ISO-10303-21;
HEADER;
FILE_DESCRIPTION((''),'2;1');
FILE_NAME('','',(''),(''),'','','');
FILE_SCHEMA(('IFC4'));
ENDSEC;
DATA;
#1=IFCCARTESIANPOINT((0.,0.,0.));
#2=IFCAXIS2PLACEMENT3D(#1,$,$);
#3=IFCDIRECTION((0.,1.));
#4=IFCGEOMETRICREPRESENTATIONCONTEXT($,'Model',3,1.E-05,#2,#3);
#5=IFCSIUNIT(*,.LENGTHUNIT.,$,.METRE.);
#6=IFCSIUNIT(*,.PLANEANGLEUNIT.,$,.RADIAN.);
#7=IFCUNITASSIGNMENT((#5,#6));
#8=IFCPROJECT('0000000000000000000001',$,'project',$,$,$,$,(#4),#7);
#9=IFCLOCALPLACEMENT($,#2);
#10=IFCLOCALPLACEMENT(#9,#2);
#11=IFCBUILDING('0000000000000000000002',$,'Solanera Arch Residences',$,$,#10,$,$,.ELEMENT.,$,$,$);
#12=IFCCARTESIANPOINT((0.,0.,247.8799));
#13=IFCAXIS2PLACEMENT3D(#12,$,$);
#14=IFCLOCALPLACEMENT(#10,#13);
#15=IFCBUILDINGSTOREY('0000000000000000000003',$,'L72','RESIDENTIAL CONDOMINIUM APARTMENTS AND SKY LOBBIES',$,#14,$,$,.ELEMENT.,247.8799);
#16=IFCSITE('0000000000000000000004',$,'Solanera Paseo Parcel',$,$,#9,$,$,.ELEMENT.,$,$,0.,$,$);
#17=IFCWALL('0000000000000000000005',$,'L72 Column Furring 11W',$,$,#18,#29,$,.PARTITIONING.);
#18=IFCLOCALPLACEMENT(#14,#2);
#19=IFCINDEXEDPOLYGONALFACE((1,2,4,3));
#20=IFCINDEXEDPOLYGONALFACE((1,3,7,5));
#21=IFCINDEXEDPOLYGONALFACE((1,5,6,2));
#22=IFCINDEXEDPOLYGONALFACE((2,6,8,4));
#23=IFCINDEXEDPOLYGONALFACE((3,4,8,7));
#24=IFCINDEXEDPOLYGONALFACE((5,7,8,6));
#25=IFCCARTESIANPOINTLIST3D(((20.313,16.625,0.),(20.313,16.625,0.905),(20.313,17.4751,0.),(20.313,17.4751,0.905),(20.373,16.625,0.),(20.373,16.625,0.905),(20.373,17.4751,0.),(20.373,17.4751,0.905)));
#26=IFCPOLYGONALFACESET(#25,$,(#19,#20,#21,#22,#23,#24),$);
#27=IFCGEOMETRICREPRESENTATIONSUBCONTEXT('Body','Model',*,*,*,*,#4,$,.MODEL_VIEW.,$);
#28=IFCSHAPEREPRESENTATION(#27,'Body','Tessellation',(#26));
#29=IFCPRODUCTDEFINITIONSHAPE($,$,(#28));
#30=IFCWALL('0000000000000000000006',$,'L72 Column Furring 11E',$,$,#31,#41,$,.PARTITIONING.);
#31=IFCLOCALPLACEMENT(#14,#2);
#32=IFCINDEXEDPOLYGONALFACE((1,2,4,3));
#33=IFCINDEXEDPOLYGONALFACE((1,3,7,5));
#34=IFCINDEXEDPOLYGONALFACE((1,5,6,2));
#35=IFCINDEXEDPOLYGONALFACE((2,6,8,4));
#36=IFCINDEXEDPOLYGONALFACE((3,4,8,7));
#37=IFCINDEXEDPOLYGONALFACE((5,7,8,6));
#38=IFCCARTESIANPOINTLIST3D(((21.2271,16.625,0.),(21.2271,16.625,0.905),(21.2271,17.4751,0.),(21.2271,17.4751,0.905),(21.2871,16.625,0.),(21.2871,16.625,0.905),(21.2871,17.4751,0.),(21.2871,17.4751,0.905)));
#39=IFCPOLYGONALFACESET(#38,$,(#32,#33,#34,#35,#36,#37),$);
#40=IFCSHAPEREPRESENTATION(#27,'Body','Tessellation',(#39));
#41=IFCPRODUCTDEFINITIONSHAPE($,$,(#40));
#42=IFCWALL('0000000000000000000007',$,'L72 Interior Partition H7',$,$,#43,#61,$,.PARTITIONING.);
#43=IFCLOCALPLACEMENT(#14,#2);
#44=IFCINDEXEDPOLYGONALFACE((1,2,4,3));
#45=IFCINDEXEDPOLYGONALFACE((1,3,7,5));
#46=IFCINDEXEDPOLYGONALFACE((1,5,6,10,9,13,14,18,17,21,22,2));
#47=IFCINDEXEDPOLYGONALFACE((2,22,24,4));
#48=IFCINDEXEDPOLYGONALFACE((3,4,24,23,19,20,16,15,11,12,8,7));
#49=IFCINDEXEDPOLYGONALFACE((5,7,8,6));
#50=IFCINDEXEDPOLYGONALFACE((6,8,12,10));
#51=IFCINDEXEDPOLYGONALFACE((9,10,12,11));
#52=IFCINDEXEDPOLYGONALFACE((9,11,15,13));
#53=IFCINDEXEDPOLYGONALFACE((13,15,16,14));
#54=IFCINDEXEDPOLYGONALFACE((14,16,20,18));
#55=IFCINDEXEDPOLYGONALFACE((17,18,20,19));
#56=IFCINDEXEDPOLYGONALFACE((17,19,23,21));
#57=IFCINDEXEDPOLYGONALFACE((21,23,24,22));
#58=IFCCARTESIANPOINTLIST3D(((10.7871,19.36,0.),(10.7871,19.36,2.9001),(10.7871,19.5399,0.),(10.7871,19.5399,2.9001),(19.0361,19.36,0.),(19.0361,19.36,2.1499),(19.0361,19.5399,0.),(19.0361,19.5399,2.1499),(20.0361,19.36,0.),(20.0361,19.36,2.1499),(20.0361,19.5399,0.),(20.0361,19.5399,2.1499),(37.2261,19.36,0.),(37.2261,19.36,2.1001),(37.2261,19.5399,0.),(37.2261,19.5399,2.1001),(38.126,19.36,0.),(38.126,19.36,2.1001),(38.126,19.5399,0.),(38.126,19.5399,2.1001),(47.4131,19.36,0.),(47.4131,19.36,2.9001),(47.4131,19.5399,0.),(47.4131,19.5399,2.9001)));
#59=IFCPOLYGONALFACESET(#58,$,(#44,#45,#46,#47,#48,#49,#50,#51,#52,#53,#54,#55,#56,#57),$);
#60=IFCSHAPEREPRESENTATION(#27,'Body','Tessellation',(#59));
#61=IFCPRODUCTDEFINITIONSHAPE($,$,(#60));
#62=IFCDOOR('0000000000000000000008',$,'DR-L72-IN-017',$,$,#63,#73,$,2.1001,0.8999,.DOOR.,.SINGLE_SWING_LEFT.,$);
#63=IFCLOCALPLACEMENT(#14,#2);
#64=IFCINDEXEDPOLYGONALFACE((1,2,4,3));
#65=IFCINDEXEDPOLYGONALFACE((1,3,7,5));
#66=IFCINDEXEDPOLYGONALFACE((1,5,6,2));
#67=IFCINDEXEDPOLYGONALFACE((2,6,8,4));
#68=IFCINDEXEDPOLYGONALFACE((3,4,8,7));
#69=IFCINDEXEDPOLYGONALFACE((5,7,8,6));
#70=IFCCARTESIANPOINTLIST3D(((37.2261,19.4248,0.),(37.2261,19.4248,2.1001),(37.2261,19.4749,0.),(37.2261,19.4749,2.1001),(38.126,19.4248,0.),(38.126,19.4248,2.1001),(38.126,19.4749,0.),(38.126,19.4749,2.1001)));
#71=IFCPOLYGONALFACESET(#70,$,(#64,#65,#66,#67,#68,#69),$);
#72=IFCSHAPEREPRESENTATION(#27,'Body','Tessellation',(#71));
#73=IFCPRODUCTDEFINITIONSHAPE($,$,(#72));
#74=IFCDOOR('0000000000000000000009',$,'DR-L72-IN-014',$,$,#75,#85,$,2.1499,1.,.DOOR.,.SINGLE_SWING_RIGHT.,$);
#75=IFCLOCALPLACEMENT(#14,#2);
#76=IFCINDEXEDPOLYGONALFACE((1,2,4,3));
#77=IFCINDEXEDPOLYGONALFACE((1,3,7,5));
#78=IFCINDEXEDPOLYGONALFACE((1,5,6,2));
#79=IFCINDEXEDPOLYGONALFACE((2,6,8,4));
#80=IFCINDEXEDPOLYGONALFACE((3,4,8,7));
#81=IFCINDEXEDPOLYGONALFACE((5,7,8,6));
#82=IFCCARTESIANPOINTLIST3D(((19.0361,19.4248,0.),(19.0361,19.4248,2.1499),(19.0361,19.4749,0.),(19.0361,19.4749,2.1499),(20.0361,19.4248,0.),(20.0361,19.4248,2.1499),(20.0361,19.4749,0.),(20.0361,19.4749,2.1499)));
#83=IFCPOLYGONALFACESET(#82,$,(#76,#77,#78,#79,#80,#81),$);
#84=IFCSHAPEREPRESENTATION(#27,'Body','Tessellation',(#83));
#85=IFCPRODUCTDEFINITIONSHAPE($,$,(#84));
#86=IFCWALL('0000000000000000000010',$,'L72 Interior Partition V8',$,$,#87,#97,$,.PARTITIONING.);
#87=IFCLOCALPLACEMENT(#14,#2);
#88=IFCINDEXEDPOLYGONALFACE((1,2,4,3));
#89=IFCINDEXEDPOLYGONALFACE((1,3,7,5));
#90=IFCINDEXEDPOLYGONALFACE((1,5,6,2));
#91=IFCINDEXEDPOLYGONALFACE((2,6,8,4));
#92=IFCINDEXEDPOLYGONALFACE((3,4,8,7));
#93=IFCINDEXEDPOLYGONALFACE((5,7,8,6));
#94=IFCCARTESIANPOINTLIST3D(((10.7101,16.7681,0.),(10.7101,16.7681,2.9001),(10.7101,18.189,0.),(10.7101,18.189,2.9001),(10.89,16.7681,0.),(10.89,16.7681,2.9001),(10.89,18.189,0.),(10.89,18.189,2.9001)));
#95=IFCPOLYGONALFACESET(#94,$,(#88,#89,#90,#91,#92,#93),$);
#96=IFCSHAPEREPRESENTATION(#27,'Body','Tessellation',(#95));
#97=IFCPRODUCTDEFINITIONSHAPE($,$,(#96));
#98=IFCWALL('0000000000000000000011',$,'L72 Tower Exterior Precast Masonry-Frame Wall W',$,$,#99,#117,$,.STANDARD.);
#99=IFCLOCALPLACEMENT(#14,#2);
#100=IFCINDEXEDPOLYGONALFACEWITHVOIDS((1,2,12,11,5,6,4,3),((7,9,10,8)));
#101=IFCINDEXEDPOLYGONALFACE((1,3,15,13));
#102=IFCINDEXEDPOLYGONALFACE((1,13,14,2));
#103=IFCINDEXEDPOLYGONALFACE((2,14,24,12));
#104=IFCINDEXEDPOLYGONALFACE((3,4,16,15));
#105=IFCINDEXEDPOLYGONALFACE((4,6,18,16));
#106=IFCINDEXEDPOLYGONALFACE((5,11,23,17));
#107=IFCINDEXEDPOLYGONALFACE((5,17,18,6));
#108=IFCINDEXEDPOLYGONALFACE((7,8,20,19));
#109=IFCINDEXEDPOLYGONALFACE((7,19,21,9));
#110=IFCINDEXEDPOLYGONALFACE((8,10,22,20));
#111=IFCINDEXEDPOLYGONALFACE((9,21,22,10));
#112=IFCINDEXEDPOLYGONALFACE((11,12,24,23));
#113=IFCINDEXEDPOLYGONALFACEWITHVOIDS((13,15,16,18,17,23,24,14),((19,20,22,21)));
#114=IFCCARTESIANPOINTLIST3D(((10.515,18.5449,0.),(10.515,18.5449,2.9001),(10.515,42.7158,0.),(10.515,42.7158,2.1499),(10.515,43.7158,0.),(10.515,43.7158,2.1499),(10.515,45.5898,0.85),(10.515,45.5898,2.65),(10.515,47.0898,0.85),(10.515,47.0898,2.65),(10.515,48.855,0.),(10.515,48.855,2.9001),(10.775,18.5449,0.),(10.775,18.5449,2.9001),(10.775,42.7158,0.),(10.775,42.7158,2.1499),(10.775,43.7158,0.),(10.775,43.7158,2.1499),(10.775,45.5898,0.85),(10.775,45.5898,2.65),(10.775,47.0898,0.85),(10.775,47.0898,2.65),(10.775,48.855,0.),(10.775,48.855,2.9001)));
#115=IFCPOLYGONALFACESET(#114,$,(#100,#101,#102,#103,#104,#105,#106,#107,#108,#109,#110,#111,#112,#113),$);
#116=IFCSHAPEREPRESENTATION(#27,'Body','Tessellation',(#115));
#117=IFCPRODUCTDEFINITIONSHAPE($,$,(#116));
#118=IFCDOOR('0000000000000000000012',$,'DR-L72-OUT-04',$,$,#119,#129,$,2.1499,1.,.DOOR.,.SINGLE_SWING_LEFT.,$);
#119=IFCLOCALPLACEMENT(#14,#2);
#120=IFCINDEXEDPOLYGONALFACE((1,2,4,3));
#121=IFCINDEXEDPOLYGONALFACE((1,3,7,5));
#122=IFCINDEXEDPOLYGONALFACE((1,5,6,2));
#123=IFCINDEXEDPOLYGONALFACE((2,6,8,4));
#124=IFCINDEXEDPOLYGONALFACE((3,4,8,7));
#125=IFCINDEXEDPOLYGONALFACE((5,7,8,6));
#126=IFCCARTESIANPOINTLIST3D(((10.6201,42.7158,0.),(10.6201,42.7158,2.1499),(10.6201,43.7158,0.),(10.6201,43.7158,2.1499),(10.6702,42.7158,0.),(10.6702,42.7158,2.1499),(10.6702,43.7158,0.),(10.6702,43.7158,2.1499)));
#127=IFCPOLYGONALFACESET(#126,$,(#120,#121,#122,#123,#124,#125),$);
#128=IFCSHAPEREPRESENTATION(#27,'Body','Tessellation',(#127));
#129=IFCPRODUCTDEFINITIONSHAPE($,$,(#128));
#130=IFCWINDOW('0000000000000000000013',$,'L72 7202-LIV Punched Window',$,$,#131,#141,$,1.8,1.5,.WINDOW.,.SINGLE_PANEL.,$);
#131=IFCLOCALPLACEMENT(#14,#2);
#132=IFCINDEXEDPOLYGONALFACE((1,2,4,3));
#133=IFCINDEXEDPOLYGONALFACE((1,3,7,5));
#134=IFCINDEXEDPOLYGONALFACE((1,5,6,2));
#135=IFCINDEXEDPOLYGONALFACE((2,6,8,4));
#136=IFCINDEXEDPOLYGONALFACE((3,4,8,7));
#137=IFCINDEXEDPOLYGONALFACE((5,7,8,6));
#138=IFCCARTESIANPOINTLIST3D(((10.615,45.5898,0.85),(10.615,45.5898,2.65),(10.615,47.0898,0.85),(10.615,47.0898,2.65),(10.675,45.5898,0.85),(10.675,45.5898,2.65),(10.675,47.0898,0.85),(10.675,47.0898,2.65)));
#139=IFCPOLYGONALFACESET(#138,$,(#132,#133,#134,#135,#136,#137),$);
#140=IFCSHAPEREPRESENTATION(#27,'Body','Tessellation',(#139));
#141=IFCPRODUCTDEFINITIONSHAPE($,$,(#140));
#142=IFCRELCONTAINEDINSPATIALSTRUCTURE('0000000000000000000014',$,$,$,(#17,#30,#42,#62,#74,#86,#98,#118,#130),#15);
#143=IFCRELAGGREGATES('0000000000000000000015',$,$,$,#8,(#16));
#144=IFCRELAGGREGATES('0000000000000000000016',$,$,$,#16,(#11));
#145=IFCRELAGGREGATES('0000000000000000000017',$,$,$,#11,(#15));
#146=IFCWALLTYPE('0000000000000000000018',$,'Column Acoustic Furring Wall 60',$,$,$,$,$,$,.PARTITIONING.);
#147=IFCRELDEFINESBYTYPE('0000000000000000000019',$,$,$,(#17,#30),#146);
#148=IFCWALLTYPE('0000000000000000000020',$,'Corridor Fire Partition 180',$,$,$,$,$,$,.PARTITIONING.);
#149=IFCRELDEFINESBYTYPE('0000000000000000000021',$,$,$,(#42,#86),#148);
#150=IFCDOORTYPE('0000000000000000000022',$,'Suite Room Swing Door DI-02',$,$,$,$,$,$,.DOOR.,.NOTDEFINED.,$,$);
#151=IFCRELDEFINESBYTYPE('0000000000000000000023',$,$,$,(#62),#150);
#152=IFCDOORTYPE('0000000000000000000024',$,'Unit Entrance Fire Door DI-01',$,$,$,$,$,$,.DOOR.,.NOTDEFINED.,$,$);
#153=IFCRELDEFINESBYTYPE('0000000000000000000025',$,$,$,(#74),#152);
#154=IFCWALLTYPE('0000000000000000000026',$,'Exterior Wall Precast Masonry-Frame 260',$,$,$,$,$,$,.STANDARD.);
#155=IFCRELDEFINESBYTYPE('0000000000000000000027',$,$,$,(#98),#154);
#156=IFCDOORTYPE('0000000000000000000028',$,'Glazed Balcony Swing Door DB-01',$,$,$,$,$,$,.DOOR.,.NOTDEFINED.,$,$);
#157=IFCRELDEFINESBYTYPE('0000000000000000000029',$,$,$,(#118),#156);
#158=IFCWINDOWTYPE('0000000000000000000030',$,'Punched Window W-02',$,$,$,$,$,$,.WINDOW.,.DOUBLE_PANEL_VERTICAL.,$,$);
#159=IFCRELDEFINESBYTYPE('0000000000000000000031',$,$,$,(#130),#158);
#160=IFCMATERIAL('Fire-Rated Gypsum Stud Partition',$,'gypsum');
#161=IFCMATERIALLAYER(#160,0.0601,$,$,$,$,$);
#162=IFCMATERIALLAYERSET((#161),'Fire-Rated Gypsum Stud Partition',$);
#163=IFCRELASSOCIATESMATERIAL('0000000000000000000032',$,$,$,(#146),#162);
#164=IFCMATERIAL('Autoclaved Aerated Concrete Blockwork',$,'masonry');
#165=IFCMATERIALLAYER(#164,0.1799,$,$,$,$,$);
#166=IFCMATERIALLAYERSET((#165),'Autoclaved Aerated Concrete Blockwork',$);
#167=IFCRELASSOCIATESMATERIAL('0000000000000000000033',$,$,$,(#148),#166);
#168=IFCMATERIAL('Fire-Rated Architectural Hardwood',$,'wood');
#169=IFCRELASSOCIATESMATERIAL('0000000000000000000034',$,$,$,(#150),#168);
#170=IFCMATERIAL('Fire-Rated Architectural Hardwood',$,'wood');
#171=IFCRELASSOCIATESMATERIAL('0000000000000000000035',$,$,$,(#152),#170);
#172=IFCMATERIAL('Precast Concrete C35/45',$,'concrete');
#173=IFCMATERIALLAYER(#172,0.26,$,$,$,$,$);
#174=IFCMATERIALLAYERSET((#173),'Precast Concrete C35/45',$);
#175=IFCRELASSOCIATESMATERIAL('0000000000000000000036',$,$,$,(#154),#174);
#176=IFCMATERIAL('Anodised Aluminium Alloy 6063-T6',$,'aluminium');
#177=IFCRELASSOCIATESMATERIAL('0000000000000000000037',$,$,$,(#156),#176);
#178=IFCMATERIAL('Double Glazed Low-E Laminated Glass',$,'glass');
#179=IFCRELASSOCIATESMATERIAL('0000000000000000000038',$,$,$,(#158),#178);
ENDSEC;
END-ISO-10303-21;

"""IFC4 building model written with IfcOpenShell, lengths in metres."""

from ifc_helpers import new_model, si_unit, direction, frame, frame_2d, origin, place, context, subcontext, project, spatial, rectangle, extrude, material, layer, layer_set, type_object, element, fill, save


model = new_model("IFC4")

# Units and contexts
model_context = context("Model", 3, precision=1e-05, world=origin(), true_north=direction((0.0, 1.0)))
body_context = subcontext(model_context, "Body", "Model", "MODEL_VIEW")
ifc_project = project(units=[si_unit("LENGTHUNIT", "METRE"), si_unit("PLANEANGLEUNIT", "RADIAN")], contexts=[model_context])

# Site, building, storey
site_placement = place(None, origin())
site = spatial("IfcSite", under=ifc_project, at=site_placement, Name="Solanera Paseo Parcel", CompositionType="ELEMENT", RefElevation=0.0)
building_placement = place(site_placement, origin())
building = spatial("IfcBuilding", under=site, at=building_placement, Name="Solanera Arch Residences", CompositionType="ELEMENT")
storey_placement = place(building_placement, frame((0.0, 0.0, 247.8799)))
storey = spatial("IfcBuildingStorey", under=building, at=storey_placement, Name="L72", Description="RESIDENTIAL CONDOMINIUM APARTMENTS AND SKY LOBBIES", CompositionType="ELEMENT", Elevation=247.8799)

# Walls
ifc_material_1 = material(Name="Fire-Rated Gypsum Stud Partition", Category="gypsum")
ifc_layer_1 = layer(ifc_material_1, 0.0601)
ifc_layer_set_1 = layer_set([ifc_layer_1], Name="Fire-Rated Gypsum Stud Partition")
wall_type_1 = type_object("IfcWallType", Name="Column Acoustic Furring Wall 60", PredefinedType="PARTITIONING", material=ifc_layer_set_1)
for number, where, z_axis, x_axis, name in (
    (1, (20.343, 16.625, 0.0), (0.0, 0.0, 1.0), (0.0, 1.0, 0.0), "L72 Column Furring 11W"),
    (2, (21.2571, 16.625, 0.0), (0.0, 0.0, 1.0), (0.0, 1.0, 0.0), "L72 Column Furring 11E"),
):
    element("IfcWall", number, at=place(storey_placement, frame(where, z_axis=z_axis, x_axis=x_axis)), inside=storey, type_object=wall_type_1, Name=name, PredefinedType="PARTITIONING", context=body_context, shape_type="SweptSolid", body=[
        extrude(rectangle(XDim=0.8501, YDim=0.0601, at=frame_2d((0.425, 0.0))), origin(), (0.0, 0.0, 1.0), 0.905),
    ])

# Wall, openings, doors
ifc_material_2 = material(Name="Autoclaved Aerated Concrete Blockwork", Category="masonry")
ifc_layer_2 = layer(ifc_material_2, 0.1799)
ifc_layer_set_2 = layer_set([ifc_layer_2], Name="Autoclaved Aerated Concrete Blockwork")
wall_type_2 = type_object("IfcWallType", Name="Corridor Fire Partition 180", PredefinedType="PARTITIONING", material=ifc_layer_set_2)
wall_1_placement = place(storey_placement, frame((10.7871, 19.45, 0.0), z_axis=(0.0, 0.0, 1.0), x_axis=(1.0, 0.0, 0.0)))
wall_1 = element("IfcWall", 3, at=wall_1_placement, inside=storey, type_object=wall_type_2, Name="L72 Interior Partition H7", PredefinedType="PARTITIONING", context=body_context, shape_type="SweptSolid", body=[
    extrude(rectangle(XDim=36.626, YDim=0.1799, at=frame_2d((18.313, 0.0))), origin(), (0.0, 0.0, 1.0), 2.9001),
])
opening_1_placement = place(wall_1_placement, frame((8.249, 0.0, 0.0)))
opening_1 = element("IfcOpeningElement", 4, at=opening_1_placement, cuts=wall_1, PredefinedType="OPENING", context=body_context, shape_type="SweptSolid", body=[
    extrude(rectangle(XDim=1.0, YDim=2.1499, at=frame_2d((0.5, 1.075))), frame((0.0, 0.1001, 0.0), z_axis=(0.0, -1.0, 0.0), x_axis=(1.0, 0.0, 0.0)), (0.0, 0.0, 1.0), 0.1999),
])
opening_2_placement = place(wall_1_placement, frame((26.439, 0.0, 0.0)))
opening_2 = element("IfcOpeningElement", 5, at=opening_2_placement, cuts=wall_1, PredefinedType="OPENING", context=body_context, shape_type="SweptSolid", body=[
    extrude(rectangle(XDim=0.8999, YDim=2.1001, at=frame_2d((0.45, 1.05))), frame((0.0, 0.1001, 0.0), z_axis=(0.0, -1.0, 0.0), x_axis=(1.0, 0.0, 0.0)), (0.0, 0.0, 1.0), 0.1999),
])
ifc_material_3 = material(Name="Fire-Rated Architectural Hardwood", Category="wood")
door_type_1 = type_object("IfcDoorType", Name="Suite Room Swing Door DI-02", OperationType="NOTDEFINED", PredefinedType="DOOR", material=ifc_material_3)
door_1_placement = place(opening_2_placement, origin())
door_1 = element("IfcDoor", 6, at=door_1_placement, inside=storey, type_object=door_type_1, Name="DR-L72-IN-017", OperationType="SINGLE_SWING_LEFT", OverallHeight=2.1001, OverallWidth=0.8999, PredefinedType="DOOR", context=body_context, shape_type="SweptSolid", body=[
    extrude(rectangle(XDim=0.8999, YDim=2.1001, at=frame_2d((0.45, 1.05))), frame((0.0, 0.0249, 0.0), z_axis=(0.0, -1.0, 0.0), x_axis=(1.0, 0.0, 0.0)), (0.0, 0.0, 1.0), 0.05),
])
fill(opening_2, door_1)
ifc_material_4 = material(Name="Fire-Rated Architectural Hardwood", Category="wood")
door_type_2 = type_object("IfcDoorType", Name="Unit Entrance Fire Door DI-01", OperationType="NOTDEFINED", PredefinedType="DOOR", material=ifc_material_4)
door_2_placement = place(opening_1_placement, origin())
door_2 = element("IfcDoor", 7, at=door_2_placement, inside=storey, type_object=door_type_2, Name="DR-L72-IN-014", OperationType="SINGLE_SWING_RIGHT", OverallHeight=2.1499, OverallWidth=1.0, PredefinedType="DOOR", context=body_context, shape_type="SweptSolid", body=[
    extrude(rectangle(XDim=1.0, YDim=2.1499, at=frame_2d((0.5, 1.075))), frame((0.0, 0.0249, 0.0), z_axis=(0.0, -1.0, 0.0), x_axis=(1.0, 0.0, 0.0)), (0.0, 0.0, 1.0), 0.05),
])
fill(opening_1, door_2)

# Wall
wall_2_placement = place(storey_placement, frame((10.8, 16.7681, 0.0), z_axis=(0.0, 0.0, 1.0), x_axis=(0.0, 1.0, 0.0)))
element("IfcWall", 8, at=wall_2_placement, inside=storey, type_object=wall_type_2, Name="L72 Interior Partition V8", PredefinedType="PARTITIONING", context=body_context, shape_type="SweptSolid", body=[
    extrude(rectangle(XDim=1.4209, YDim=0.1799, at=frame_2d((0.7104, 0.0))), origin(), (0.0, 0.0, 1.0), 2.9001),
])

# Wall, openings, door, window
ifc_material_5 = material(Name="Precast Concrete C35/45", Category="concrete")
ifc_layer_3 = layer(ifc_material_5, 0.26)
ifc_layer_set_3 = layer_set([ifc_layer_3], Name="Precast Concrete C35/45")
wall_type_3 = type_object("IfcWallType", Name="Exterior Wall Precast Masonry-Frame 260", PredefinedType="STANDARD", material=ifc_layer_set_3)
wall_3_placement = place(storey_placement, frame((10.645, 18.5449, 0.0), z_axis=(0.0, 0.0, 1.0), x_axis=(0.0, 1.0, 0.0)))
wall_3 = element("IfcWall", 9, at=wall_3_placement, inside=storey, type_object=wall_type_3, Name="L72 Tower Exterior Precast Masonry-Frame Wall W", PredefinedType="STANDARD", context=body_context, shape_type="SweptSolid", body=[
    extrude(rectangle(XDim=30.3101, YDim=0.26, at=frame_2d((15.155, 0.0))), origin(), (0.0, 0.0, 1.0), 2.9001),
])
opening_3_placement = place(wall_3_placement, frame((24.1709, 0.0, 0.0)))
opening_3 = element("IfcOpeningElement", 10, at=opening_3_placement, cuts=wall_3, PredefinedType="OPENING", context=body_context, shape_type="SweptSolid", body=[
    extrude(rectangle(XDim=1.0, YDim=2.1499, at=frame_2d((0.5, 1.075))), frame((0.0, 0.1399, 0.0), z_axis=(0.0, -1.0, 0.0), x_axis=(1.0, 0.0, 0.0)), (0.0, 0.0, 1.0), 0.28),
])
opening_4_placement = place(wall_3_placement, frame((27.0449, 0.0, 0.8501)))
opening_4 = element("IfcOpeningElement", 11, at=opening_4_placement, cuts=wall_3, PredefinedType="OPENING", context=body_context, shape_type="SweptSolid", body=[
    extrude(rectangle(XDim=1.5, YDim=1.8, at=frame_2d((0.75, 0.8999))), frame((0.0, 0.1399, 0.0), z_axis=(0.0, -1.0, 0.0), x_axis=(1.0, 0.0, 0.0)), (0.0, 0.0, 1.0), 0.28),
])
ifc_material_6 = material(Name="Anodised Aluminium Alloy 6063-T6", Category="aluminium")
door_type_3 = type_object("IfcDoorType", Name="Glazed Balcony Swing Door DB-01", OperationType="NOTDEFINED", PredefinedType="DOOR", material=ifc_material_6)
door_3_placement = place(opening_3_placement, origin())
door_3 = element("IfcDoor", 12, at=door_3_placement, inside=storey, type_object=door_type_3, Name="DR-L72-OUT-04", OperationType="SINGLE_SWING_LEFT", OverallHeight=2.1499, OverallWidth=1.0, PredefinedType="DOOR", context=body_context, shape_type="SweptSolid", body=[
    extrude(rectangle(XDim=1.0, YDim=2.1499, at=frame_2d((0.5, 1.075))), frame((0.0, 0.0249, 0.0), z_axis=(0.0, -1.0, 0.0), x_axis=(1.0, 0.0, 0.0)), (0.0, 0.0, 1.0), 0.05),
])
fill(opening_3, door_3)
ifc_material_7 = material(Name="Double Glazed Low-E Laminated Glass", Category="glass")
window_type = type_object("IfcWindowType", Name="Punched Window W-02", PartitioningType="DOUBLE_PANEL_VERTICAL", PredefinedType="WINDOW", material=ifc_material_7)
window_placement = place(opening_4_placement, origin())
window = element("IfcWindow", 13, at=window_placement, inside=storey, type_object=window_type, Name="L72 7202-LIV Punched Window", OverallHeight=1.8, OverallWidth=1.5, PartitioningType="SINGLE_PANEL", PredefinedType="WINDOW", context=body_context, shape_type="SweptSolid", body=[
    extrude(rectangle(XDim=1.5, YDim=1.8, at=frame_2d((0.75, 0.8999))), frame((0.0, 0.03, 0.0), z_axis=(0.0, -1.0, 0.0), x_axis=(1.0, 0.0, 0.0)), (0.0, 0.0, 1.0), 0.0601),
])
fill(opening_4, window)

save(model, "model.ifc")
